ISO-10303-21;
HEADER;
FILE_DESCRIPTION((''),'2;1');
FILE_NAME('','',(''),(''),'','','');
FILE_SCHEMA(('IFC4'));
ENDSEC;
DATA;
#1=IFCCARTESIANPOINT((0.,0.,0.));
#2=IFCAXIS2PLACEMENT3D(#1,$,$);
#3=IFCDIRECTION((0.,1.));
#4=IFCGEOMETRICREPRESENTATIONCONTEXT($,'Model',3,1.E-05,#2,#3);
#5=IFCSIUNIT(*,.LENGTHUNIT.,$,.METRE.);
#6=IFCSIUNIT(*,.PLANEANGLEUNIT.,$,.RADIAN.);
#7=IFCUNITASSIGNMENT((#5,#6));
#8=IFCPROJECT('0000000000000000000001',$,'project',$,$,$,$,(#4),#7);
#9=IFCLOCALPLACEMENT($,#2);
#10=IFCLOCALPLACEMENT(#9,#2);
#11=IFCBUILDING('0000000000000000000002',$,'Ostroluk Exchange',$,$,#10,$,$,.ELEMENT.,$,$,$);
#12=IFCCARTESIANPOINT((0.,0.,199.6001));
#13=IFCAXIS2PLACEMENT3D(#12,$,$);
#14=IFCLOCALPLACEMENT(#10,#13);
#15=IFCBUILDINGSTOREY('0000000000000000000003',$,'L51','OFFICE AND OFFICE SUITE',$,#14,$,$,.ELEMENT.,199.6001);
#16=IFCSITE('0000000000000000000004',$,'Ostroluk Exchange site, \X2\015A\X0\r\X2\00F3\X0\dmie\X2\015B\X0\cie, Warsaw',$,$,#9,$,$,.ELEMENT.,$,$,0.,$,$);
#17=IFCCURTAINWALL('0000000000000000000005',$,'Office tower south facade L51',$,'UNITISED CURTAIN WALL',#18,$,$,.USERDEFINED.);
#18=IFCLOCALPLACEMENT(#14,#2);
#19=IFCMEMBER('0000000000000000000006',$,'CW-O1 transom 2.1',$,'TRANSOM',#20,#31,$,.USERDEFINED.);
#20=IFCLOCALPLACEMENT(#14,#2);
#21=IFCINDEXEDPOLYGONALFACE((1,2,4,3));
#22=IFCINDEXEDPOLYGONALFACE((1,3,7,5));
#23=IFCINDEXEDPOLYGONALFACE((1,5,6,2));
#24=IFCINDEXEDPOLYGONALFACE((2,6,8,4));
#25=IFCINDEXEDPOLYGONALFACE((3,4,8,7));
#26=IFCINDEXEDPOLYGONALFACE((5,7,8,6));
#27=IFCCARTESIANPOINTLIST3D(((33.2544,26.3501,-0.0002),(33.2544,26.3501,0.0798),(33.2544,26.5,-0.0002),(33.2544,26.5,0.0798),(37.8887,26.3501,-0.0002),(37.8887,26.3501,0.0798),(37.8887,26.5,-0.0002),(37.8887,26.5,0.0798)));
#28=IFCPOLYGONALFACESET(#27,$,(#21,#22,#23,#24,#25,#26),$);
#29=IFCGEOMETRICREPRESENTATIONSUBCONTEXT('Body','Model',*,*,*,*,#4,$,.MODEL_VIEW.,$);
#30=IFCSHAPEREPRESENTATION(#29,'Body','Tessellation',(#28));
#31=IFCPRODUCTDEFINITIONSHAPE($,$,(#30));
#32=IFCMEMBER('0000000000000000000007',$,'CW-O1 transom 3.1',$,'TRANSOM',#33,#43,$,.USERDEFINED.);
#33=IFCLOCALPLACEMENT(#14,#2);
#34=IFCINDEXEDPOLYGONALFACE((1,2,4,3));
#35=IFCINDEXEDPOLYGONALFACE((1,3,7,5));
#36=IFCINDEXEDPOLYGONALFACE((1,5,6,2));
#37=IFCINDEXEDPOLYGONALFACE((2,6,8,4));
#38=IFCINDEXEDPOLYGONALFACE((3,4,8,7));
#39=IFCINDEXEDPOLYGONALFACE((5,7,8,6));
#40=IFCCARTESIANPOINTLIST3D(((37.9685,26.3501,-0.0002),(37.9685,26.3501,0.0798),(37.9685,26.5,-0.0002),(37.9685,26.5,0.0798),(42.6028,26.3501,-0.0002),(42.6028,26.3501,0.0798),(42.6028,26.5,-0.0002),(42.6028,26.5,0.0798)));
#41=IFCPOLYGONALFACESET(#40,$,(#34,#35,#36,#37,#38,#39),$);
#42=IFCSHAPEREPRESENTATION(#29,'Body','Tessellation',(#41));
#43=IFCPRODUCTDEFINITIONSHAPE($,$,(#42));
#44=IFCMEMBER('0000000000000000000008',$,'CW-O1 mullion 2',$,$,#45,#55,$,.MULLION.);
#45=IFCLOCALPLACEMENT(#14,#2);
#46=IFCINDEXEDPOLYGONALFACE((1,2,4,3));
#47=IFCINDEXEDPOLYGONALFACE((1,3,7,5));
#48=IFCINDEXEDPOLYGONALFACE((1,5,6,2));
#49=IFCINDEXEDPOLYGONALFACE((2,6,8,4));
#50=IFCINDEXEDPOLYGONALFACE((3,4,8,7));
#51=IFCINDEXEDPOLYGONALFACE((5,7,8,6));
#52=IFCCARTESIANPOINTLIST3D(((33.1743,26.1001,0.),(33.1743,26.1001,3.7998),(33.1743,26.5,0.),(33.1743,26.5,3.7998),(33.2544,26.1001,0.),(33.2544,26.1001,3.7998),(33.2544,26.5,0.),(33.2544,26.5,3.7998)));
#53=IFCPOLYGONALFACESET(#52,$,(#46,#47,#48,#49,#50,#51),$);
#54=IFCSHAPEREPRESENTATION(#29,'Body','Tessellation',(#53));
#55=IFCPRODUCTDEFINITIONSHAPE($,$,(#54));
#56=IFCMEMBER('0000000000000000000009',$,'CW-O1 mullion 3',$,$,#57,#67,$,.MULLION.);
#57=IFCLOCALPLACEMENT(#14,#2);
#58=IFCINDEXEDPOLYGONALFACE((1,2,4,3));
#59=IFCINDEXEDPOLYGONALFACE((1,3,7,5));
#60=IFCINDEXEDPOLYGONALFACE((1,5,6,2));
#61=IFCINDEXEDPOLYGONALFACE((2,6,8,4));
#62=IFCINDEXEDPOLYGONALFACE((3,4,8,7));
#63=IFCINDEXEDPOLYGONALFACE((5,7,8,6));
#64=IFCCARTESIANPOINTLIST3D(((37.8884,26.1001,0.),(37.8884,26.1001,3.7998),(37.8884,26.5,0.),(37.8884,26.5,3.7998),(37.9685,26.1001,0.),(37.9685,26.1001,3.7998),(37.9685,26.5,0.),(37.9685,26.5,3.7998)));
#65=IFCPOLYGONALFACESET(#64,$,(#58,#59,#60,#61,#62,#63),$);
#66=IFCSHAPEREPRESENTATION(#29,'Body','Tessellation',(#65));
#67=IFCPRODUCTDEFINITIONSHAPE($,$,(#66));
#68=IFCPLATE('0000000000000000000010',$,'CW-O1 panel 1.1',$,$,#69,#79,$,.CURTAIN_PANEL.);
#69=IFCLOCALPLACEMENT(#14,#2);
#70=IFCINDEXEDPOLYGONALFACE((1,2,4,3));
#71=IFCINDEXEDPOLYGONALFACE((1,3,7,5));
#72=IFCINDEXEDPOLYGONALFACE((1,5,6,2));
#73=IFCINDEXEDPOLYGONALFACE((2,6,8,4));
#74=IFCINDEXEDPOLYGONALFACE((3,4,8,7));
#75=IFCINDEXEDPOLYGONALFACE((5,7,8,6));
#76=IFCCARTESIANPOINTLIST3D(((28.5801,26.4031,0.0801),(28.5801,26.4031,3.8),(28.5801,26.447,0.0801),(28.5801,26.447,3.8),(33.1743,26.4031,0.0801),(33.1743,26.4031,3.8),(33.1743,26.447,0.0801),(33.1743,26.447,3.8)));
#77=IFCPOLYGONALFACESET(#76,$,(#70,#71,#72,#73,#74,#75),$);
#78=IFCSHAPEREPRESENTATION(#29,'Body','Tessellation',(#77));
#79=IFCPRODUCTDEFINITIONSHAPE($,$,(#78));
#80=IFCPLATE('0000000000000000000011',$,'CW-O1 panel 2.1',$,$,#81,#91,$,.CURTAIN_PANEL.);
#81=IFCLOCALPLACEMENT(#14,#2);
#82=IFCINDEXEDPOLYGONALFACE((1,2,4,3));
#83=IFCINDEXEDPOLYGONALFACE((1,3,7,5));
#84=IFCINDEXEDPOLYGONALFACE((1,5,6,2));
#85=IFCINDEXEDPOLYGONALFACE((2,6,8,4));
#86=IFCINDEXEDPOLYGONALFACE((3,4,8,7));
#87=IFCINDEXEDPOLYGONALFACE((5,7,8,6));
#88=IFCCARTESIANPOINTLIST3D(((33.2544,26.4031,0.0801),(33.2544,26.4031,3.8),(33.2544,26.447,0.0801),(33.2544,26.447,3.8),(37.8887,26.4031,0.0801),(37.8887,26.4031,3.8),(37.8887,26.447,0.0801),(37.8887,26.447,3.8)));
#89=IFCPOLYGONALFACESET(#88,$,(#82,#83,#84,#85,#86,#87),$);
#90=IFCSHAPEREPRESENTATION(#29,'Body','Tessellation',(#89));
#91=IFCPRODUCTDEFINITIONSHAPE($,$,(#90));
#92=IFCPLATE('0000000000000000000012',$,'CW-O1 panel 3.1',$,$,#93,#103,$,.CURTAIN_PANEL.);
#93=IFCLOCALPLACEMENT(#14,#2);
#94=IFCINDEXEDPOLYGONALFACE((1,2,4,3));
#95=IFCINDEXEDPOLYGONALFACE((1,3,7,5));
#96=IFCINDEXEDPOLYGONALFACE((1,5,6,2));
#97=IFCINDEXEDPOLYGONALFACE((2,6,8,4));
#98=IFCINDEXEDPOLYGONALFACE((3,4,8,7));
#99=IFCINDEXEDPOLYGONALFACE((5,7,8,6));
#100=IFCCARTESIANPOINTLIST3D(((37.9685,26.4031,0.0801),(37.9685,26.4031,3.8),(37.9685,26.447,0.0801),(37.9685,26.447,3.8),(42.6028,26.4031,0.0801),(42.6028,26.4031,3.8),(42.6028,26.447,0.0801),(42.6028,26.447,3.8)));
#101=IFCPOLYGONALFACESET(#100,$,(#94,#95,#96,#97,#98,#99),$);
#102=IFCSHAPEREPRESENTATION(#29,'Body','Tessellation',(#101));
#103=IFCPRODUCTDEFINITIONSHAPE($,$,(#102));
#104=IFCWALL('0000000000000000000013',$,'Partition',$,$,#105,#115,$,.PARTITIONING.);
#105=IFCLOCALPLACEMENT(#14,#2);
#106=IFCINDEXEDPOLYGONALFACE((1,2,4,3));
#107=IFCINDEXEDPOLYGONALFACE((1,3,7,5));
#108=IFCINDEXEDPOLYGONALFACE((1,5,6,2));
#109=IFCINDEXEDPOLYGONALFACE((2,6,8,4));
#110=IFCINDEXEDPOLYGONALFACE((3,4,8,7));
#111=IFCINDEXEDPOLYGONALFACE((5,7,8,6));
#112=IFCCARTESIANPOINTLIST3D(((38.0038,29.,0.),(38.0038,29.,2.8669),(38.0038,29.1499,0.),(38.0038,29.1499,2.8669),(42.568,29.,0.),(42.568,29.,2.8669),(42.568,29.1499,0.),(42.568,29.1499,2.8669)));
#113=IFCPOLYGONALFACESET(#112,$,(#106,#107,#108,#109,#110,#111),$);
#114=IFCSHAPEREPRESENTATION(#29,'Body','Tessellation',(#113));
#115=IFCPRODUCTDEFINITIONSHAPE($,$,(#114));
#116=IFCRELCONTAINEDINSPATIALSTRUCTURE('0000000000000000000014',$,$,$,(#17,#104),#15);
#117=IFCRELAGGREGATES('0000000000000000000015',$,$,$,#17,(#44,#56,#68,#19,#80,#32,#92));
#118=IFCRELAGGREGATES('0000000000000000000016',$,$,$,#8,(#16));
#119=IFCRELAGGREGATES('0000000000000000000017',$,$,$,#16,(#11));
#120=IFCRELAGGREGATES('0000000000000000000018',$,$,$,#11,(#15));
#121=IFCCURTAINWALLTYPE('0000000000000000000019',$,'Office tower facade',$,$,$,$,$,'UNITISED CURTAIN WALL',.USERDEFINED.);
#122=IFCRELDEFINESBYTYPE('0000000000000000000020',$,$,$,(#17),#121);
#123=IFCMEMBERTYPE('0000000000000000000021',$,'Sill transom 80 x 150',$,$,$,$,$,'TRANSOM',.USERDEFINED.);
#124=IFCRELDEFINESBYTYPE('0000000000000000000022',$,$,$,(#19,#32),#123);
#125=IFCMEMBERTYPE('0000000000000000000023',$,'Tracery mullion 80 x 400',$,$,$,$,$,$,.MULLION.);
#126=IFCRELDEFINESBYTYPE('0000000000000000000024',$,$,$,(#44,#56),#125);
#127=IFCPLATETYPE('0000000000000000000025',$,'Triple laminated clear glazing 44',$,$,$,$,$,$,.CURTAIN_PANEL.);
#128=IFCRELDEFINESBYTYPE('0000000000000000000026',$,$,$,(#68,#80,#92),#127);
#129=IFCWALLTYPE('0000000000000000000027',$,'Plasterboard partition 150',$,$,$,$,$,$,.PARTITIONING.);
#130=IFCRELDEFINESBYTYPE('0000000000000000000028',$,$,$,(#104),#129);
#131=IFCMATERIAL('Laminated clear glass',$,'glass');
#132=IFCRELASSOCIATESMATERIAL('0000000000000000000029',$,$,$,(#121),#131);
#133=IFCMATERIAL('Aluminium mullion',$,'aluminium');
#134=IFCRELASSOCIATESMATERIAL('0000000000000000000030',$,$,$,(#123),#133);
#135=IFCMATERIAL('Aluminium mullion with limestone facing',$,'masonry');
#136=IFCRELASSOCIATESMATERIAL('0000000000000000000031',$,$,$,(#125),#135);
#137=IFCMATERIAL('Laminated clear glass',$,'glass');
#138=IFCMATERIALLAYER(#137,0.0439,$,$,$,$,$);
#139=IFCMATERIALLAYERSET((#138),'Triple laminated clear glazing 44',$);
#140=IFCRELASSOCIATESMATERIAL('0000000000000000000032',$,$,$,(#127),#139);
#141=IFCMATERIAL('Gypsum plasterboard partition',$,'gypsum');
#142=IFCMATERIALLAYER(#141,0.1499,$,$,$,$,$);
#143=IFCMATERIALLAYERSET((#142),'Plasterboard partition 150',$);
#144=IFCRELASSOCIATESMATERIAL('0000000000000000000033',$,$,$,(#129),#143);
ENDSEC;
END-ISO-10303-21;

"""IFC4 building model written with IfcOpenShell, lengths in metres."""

from ifc_helpers import new_model, si_unit, direction, frame, frame_2d, origin, origin_2d, place, context, subcontext, project, spatial, rectangle, extrude, material, layer, layer_set, material_profile, profile_set, type_object, element, aggregate, save


model = new_model("IFC4")

# Units and contexts
model_context = context("Model", 3, precision=1e-05, world=origin(), true_north=direction((0.0, 1.0)))
body_context = subcontext(model_context, "Body", "Model", "MODEL_VIEW")
ifc_project = project(units=[si_unit("LENGTHUNIT", "METRE"), si_unit("PLANEANGLEUNIT", "RADIAN")], contexts=[model_context])

# Site, building, storey
site_placement = place(None, origin())
site = spatial("IfcSite", under=ifc_project, at=site_placement, Name="Ostroluk Exchange site, Śródmieście, Warsaw", CompositionType="ELEMENT", RefElevation=0.0)
building_placement = place(site_placement, origin())
building = spatial("IfcBuilding", under=site, at=building_placement, Name="Ostroluk Exchange", CompositionType="ELEMENT")
storey_placement = place(building_placement, frame((0.0, 0.0, 199.6001)))
storey = spatial("IfcBuildingStorey", under=building, at=storey_placement, Name="L51", Description="OFFICE AND OFFICE SUITE", CompositionType="ELEMENT", Elevation=199.6001)

# Curtain wall, members, plates
ifc_material_1 = material(Name="Laminated clear glass", Category="glass")
curtain_wall_type = type_object("IfcCurtainWallType", Name="Office tower facade", ElementType="UNITISED CURTAIN WALL", PredefinedType="USERDEFINED", material=ifc_material_1)
curtain_wall_placement = place(storey_placement, origin())
curtain_wall = element("IfcCurtainWall", 1, at=curtain_wall_placement, inside=storey, type_object=curtain_wall_type, Name="Office tower south facade L51", ObjectType="UNITISED CURTAIN WALL", PredefinedType="USERDEFINED")
ifc_material_2 = material(Name="Aluminium mullion", Category="aluminium")
ifc_material_profile_1 = material_profile(ifc_material_2, rectangle(XDim=0.1499, YDim=0.0801, at=origin_2d()), Name="Sill transom 80 x 150")
ifc_profile_set_1 = profile_set([ifc_material_profile_1], Name="Aluminium mullion")
member_type_1 = type_object("IfcMemberType", Name="Sill transom 80 x 150", ElementType="TRANSOM", PredefinedType="USERDEFINED", material=ifc_profile_set_1)
member_1_placement = place(storey_placement, frame((33.2544, 26.425, 0.0398), z_axis=(1.0, 0.0, 0.0), x_axis=(0.0, 1.0, 0.0)))
member_1 = element("IfcMember", 2, at=member_1_placement, type_object=member_type_1, Name="CW-O1 transom 2.1", ObjectType="TRANSOM", PredefinedType="USERDEFINED", context=body_context, shape_type="SweptSolid", body=[
    extrude(rectangle(XDim=0.1499, YDim=0.0801, at=origin_2d()), origin(), (0.0, 0.0, 1.0), 4.6343),
])
member_2_placement = place(storey_placement, frame((37.9685, 26.425, 0.0398), z_axis=(1.0, 0.0, 0.0), x_axis=(0.0, 1.0, 0.0)))
member_2 = element("IfcMember", 3, at=member_2_placement, type_object=member_type_1, Name="CW-O1 transom 3.1", ObjectType="TRANSOM", PredefinedType="USERDEFINED", context=body_context, shape_type="SweptSolid", body=[
    extrude(rectangle(XDim=0.1499, YDim=0.0801, at=origin_2d()), origin(), (0.0, 0.0, 1.0), 4.6343),
])
ifc_material_3 = material(Name="Aluminium mullion with limestone facing", Category="masonry")
ifc_material_profile_2 = material_profile(ifc_material_3, rectangle(XDim=0.3999, YDim=0.0801, at=origin_2d()), Name="Tracery mullion 80 x 400")
ifc_profile_set_2 = profile_set([ifc_material_profile_2], Name="Aluminium mullion with limestone facing")
member_type_2 = type_object("IfcMemberType", Name="Tracery mullion 80 x 400", PredefinedType="MULLION", material=ifc_profile_set_2)
member_3_placement = place(storey_placement, frame((33.2144, 26.3, 0.0), z_axis=(0.0, 0.0, 1.0), x_axis=(0.0, 1.0, 0.0)))
member_3 = element("IfcMember", 4, at=member_3_placement, type_object=member_type_2, Name="CW-O1 mullion 2", PredefinedType="MULLION", context=body_context, shape_type="SweptSolid", body=[
    extrude(rectangle(XDim=0.3999, YDim=0.0801, at=origin_2d()), origin(), (0.0, 0.0, 1.0), 3.7998),
])
member_4_placement = place(storey_placement, frame((37.9285, 26.3, 0.0), z_axis=(0.0, 0.0, 1.0), x_axis=(0.0, 1.0, 0.0)))
member_4 = element("IfcMember", 5, at=member_4_placement, type_object=member_type_2, Name="CW-O1 mullion 3", PredefinedType="MULLION", context=body_context, shape_type="SweptSolid", body=[
    extrude(rectangle(XDim=0.3999, YDim=0.0801, at=origin_2d()), origin(), (0.0, 0.0, 1.0), 3.7998),
])
ifc_material_4 = material(Name="Laminated clear glass", Category="glass")
ifc_layer_1 = layer(ifc_material_4, 0.0439)
ifc_layer_set_1 = layer_set([ifc_layer_1], Name="Triple laminated clear glazing 44")
plate_type = type_object("IfcPlateType", Name="Triple laminated clear glazing 44", PredefinedType="CURTAIN_PANEL", material=ifc_layer_set_1)
plate_1_placement = place(storey_placement, frame((30.8772, 26.425, 0.0801), z_axis=(0.0, 0.0, 1.0), x_axis=(1.0, 0.0, 0.0)))
plate_1 = element("IfcPlate", 6, at=plate_1_placement, type_object=plate_type, Name="CW-O1 panel 1.1", PredefinedType="CURTAIN_PANEL", context=body_context, shape_type="SweptSolid", body=[
    extrude(rectangle(XDim=4.5942, YDim=0.0439, at=origin_2d()), origin(), (0.0, 0.0, 1.0), 3.72),
])
plate_2_placement = place(storey_placement, frame((35.5715, 26.425, 0.0801), z_axis=(0.0, 0.0, 1.0), x_axis=(1.0, 0.0, 0.0)))
plate_2 = element("IfcPlate", 7, at=plate_2_placement, type_object=plate_type, Name="CW-O1 panel 2.1", PredefinedType="CURTAIN_PANEL", context=body_context, shape_type="SweptSolid", body=[
    extrude(rectangle(XDim=4.6343, YDim=0.0439, at=origin_2d()), origin(), (0.0, 0.0, 1.0), 3.72),
])
plate_3_placement = place(storey_placement, frame((40.2856, 26.425, 0.0801), z_axis=(0.0, 0.0, 1.0), x_axis=(1.0, 0.0, 0.0)))
plate_3 = element("IfcPlate", 8, at=plate_3_placement, type_object=plate_type, Name="CW-O1 panel 3.1", PredefinedType="CURTAIN_PANEL", context=body_context, shape_type="SweptSolid", body=[
    extrude(rectangle(XDim=4.6343, YDim=0.0439, at=origin_2d()), origin(), (0.0, 0.0, 1.0), 3.72),
])
aggregate(curtain_wall, [member_3, member_4, plate_1, member_1, plate_2, member_2, plate_3])

# Wall
ifc_material_5 = material(Name="Gypsum plasterboard partition", Category="gypsum")
ifc_layer_2 = layer(ifc_material_5, 0.1499)
ifc_layer_set_2 = layer_set([ifc_layer_2], Name="Plasterboard partition 150")
wall_type = type_object("IfcWallType", Name="Plasterboard partition 150", PredefinedType="PARTITIONING", material=ifc_layer_set_2)
wall_1_placement = place(storey_placement, frame((38.0037, 29.075, 0.0), z_axis=(0.0, 0.0, 1.0), x_axis=(1.0, 0.0, 0.0)))
element("IfcWall", 9, at=wall_1_placement, inside=storey, type_object=wall_type, Name="Partition", PredefinedType="PARTITIONING", context=body_context, shape_type="SweptSolid", body=[
    extrude(rectangle(XDim=4.5642, YDim=0.1499, at=frame_2d((2.2822, 0.0))), origin(), (0.0, 0.0, 1.0), 2.8669),
])

save(model, "model.ifc")
